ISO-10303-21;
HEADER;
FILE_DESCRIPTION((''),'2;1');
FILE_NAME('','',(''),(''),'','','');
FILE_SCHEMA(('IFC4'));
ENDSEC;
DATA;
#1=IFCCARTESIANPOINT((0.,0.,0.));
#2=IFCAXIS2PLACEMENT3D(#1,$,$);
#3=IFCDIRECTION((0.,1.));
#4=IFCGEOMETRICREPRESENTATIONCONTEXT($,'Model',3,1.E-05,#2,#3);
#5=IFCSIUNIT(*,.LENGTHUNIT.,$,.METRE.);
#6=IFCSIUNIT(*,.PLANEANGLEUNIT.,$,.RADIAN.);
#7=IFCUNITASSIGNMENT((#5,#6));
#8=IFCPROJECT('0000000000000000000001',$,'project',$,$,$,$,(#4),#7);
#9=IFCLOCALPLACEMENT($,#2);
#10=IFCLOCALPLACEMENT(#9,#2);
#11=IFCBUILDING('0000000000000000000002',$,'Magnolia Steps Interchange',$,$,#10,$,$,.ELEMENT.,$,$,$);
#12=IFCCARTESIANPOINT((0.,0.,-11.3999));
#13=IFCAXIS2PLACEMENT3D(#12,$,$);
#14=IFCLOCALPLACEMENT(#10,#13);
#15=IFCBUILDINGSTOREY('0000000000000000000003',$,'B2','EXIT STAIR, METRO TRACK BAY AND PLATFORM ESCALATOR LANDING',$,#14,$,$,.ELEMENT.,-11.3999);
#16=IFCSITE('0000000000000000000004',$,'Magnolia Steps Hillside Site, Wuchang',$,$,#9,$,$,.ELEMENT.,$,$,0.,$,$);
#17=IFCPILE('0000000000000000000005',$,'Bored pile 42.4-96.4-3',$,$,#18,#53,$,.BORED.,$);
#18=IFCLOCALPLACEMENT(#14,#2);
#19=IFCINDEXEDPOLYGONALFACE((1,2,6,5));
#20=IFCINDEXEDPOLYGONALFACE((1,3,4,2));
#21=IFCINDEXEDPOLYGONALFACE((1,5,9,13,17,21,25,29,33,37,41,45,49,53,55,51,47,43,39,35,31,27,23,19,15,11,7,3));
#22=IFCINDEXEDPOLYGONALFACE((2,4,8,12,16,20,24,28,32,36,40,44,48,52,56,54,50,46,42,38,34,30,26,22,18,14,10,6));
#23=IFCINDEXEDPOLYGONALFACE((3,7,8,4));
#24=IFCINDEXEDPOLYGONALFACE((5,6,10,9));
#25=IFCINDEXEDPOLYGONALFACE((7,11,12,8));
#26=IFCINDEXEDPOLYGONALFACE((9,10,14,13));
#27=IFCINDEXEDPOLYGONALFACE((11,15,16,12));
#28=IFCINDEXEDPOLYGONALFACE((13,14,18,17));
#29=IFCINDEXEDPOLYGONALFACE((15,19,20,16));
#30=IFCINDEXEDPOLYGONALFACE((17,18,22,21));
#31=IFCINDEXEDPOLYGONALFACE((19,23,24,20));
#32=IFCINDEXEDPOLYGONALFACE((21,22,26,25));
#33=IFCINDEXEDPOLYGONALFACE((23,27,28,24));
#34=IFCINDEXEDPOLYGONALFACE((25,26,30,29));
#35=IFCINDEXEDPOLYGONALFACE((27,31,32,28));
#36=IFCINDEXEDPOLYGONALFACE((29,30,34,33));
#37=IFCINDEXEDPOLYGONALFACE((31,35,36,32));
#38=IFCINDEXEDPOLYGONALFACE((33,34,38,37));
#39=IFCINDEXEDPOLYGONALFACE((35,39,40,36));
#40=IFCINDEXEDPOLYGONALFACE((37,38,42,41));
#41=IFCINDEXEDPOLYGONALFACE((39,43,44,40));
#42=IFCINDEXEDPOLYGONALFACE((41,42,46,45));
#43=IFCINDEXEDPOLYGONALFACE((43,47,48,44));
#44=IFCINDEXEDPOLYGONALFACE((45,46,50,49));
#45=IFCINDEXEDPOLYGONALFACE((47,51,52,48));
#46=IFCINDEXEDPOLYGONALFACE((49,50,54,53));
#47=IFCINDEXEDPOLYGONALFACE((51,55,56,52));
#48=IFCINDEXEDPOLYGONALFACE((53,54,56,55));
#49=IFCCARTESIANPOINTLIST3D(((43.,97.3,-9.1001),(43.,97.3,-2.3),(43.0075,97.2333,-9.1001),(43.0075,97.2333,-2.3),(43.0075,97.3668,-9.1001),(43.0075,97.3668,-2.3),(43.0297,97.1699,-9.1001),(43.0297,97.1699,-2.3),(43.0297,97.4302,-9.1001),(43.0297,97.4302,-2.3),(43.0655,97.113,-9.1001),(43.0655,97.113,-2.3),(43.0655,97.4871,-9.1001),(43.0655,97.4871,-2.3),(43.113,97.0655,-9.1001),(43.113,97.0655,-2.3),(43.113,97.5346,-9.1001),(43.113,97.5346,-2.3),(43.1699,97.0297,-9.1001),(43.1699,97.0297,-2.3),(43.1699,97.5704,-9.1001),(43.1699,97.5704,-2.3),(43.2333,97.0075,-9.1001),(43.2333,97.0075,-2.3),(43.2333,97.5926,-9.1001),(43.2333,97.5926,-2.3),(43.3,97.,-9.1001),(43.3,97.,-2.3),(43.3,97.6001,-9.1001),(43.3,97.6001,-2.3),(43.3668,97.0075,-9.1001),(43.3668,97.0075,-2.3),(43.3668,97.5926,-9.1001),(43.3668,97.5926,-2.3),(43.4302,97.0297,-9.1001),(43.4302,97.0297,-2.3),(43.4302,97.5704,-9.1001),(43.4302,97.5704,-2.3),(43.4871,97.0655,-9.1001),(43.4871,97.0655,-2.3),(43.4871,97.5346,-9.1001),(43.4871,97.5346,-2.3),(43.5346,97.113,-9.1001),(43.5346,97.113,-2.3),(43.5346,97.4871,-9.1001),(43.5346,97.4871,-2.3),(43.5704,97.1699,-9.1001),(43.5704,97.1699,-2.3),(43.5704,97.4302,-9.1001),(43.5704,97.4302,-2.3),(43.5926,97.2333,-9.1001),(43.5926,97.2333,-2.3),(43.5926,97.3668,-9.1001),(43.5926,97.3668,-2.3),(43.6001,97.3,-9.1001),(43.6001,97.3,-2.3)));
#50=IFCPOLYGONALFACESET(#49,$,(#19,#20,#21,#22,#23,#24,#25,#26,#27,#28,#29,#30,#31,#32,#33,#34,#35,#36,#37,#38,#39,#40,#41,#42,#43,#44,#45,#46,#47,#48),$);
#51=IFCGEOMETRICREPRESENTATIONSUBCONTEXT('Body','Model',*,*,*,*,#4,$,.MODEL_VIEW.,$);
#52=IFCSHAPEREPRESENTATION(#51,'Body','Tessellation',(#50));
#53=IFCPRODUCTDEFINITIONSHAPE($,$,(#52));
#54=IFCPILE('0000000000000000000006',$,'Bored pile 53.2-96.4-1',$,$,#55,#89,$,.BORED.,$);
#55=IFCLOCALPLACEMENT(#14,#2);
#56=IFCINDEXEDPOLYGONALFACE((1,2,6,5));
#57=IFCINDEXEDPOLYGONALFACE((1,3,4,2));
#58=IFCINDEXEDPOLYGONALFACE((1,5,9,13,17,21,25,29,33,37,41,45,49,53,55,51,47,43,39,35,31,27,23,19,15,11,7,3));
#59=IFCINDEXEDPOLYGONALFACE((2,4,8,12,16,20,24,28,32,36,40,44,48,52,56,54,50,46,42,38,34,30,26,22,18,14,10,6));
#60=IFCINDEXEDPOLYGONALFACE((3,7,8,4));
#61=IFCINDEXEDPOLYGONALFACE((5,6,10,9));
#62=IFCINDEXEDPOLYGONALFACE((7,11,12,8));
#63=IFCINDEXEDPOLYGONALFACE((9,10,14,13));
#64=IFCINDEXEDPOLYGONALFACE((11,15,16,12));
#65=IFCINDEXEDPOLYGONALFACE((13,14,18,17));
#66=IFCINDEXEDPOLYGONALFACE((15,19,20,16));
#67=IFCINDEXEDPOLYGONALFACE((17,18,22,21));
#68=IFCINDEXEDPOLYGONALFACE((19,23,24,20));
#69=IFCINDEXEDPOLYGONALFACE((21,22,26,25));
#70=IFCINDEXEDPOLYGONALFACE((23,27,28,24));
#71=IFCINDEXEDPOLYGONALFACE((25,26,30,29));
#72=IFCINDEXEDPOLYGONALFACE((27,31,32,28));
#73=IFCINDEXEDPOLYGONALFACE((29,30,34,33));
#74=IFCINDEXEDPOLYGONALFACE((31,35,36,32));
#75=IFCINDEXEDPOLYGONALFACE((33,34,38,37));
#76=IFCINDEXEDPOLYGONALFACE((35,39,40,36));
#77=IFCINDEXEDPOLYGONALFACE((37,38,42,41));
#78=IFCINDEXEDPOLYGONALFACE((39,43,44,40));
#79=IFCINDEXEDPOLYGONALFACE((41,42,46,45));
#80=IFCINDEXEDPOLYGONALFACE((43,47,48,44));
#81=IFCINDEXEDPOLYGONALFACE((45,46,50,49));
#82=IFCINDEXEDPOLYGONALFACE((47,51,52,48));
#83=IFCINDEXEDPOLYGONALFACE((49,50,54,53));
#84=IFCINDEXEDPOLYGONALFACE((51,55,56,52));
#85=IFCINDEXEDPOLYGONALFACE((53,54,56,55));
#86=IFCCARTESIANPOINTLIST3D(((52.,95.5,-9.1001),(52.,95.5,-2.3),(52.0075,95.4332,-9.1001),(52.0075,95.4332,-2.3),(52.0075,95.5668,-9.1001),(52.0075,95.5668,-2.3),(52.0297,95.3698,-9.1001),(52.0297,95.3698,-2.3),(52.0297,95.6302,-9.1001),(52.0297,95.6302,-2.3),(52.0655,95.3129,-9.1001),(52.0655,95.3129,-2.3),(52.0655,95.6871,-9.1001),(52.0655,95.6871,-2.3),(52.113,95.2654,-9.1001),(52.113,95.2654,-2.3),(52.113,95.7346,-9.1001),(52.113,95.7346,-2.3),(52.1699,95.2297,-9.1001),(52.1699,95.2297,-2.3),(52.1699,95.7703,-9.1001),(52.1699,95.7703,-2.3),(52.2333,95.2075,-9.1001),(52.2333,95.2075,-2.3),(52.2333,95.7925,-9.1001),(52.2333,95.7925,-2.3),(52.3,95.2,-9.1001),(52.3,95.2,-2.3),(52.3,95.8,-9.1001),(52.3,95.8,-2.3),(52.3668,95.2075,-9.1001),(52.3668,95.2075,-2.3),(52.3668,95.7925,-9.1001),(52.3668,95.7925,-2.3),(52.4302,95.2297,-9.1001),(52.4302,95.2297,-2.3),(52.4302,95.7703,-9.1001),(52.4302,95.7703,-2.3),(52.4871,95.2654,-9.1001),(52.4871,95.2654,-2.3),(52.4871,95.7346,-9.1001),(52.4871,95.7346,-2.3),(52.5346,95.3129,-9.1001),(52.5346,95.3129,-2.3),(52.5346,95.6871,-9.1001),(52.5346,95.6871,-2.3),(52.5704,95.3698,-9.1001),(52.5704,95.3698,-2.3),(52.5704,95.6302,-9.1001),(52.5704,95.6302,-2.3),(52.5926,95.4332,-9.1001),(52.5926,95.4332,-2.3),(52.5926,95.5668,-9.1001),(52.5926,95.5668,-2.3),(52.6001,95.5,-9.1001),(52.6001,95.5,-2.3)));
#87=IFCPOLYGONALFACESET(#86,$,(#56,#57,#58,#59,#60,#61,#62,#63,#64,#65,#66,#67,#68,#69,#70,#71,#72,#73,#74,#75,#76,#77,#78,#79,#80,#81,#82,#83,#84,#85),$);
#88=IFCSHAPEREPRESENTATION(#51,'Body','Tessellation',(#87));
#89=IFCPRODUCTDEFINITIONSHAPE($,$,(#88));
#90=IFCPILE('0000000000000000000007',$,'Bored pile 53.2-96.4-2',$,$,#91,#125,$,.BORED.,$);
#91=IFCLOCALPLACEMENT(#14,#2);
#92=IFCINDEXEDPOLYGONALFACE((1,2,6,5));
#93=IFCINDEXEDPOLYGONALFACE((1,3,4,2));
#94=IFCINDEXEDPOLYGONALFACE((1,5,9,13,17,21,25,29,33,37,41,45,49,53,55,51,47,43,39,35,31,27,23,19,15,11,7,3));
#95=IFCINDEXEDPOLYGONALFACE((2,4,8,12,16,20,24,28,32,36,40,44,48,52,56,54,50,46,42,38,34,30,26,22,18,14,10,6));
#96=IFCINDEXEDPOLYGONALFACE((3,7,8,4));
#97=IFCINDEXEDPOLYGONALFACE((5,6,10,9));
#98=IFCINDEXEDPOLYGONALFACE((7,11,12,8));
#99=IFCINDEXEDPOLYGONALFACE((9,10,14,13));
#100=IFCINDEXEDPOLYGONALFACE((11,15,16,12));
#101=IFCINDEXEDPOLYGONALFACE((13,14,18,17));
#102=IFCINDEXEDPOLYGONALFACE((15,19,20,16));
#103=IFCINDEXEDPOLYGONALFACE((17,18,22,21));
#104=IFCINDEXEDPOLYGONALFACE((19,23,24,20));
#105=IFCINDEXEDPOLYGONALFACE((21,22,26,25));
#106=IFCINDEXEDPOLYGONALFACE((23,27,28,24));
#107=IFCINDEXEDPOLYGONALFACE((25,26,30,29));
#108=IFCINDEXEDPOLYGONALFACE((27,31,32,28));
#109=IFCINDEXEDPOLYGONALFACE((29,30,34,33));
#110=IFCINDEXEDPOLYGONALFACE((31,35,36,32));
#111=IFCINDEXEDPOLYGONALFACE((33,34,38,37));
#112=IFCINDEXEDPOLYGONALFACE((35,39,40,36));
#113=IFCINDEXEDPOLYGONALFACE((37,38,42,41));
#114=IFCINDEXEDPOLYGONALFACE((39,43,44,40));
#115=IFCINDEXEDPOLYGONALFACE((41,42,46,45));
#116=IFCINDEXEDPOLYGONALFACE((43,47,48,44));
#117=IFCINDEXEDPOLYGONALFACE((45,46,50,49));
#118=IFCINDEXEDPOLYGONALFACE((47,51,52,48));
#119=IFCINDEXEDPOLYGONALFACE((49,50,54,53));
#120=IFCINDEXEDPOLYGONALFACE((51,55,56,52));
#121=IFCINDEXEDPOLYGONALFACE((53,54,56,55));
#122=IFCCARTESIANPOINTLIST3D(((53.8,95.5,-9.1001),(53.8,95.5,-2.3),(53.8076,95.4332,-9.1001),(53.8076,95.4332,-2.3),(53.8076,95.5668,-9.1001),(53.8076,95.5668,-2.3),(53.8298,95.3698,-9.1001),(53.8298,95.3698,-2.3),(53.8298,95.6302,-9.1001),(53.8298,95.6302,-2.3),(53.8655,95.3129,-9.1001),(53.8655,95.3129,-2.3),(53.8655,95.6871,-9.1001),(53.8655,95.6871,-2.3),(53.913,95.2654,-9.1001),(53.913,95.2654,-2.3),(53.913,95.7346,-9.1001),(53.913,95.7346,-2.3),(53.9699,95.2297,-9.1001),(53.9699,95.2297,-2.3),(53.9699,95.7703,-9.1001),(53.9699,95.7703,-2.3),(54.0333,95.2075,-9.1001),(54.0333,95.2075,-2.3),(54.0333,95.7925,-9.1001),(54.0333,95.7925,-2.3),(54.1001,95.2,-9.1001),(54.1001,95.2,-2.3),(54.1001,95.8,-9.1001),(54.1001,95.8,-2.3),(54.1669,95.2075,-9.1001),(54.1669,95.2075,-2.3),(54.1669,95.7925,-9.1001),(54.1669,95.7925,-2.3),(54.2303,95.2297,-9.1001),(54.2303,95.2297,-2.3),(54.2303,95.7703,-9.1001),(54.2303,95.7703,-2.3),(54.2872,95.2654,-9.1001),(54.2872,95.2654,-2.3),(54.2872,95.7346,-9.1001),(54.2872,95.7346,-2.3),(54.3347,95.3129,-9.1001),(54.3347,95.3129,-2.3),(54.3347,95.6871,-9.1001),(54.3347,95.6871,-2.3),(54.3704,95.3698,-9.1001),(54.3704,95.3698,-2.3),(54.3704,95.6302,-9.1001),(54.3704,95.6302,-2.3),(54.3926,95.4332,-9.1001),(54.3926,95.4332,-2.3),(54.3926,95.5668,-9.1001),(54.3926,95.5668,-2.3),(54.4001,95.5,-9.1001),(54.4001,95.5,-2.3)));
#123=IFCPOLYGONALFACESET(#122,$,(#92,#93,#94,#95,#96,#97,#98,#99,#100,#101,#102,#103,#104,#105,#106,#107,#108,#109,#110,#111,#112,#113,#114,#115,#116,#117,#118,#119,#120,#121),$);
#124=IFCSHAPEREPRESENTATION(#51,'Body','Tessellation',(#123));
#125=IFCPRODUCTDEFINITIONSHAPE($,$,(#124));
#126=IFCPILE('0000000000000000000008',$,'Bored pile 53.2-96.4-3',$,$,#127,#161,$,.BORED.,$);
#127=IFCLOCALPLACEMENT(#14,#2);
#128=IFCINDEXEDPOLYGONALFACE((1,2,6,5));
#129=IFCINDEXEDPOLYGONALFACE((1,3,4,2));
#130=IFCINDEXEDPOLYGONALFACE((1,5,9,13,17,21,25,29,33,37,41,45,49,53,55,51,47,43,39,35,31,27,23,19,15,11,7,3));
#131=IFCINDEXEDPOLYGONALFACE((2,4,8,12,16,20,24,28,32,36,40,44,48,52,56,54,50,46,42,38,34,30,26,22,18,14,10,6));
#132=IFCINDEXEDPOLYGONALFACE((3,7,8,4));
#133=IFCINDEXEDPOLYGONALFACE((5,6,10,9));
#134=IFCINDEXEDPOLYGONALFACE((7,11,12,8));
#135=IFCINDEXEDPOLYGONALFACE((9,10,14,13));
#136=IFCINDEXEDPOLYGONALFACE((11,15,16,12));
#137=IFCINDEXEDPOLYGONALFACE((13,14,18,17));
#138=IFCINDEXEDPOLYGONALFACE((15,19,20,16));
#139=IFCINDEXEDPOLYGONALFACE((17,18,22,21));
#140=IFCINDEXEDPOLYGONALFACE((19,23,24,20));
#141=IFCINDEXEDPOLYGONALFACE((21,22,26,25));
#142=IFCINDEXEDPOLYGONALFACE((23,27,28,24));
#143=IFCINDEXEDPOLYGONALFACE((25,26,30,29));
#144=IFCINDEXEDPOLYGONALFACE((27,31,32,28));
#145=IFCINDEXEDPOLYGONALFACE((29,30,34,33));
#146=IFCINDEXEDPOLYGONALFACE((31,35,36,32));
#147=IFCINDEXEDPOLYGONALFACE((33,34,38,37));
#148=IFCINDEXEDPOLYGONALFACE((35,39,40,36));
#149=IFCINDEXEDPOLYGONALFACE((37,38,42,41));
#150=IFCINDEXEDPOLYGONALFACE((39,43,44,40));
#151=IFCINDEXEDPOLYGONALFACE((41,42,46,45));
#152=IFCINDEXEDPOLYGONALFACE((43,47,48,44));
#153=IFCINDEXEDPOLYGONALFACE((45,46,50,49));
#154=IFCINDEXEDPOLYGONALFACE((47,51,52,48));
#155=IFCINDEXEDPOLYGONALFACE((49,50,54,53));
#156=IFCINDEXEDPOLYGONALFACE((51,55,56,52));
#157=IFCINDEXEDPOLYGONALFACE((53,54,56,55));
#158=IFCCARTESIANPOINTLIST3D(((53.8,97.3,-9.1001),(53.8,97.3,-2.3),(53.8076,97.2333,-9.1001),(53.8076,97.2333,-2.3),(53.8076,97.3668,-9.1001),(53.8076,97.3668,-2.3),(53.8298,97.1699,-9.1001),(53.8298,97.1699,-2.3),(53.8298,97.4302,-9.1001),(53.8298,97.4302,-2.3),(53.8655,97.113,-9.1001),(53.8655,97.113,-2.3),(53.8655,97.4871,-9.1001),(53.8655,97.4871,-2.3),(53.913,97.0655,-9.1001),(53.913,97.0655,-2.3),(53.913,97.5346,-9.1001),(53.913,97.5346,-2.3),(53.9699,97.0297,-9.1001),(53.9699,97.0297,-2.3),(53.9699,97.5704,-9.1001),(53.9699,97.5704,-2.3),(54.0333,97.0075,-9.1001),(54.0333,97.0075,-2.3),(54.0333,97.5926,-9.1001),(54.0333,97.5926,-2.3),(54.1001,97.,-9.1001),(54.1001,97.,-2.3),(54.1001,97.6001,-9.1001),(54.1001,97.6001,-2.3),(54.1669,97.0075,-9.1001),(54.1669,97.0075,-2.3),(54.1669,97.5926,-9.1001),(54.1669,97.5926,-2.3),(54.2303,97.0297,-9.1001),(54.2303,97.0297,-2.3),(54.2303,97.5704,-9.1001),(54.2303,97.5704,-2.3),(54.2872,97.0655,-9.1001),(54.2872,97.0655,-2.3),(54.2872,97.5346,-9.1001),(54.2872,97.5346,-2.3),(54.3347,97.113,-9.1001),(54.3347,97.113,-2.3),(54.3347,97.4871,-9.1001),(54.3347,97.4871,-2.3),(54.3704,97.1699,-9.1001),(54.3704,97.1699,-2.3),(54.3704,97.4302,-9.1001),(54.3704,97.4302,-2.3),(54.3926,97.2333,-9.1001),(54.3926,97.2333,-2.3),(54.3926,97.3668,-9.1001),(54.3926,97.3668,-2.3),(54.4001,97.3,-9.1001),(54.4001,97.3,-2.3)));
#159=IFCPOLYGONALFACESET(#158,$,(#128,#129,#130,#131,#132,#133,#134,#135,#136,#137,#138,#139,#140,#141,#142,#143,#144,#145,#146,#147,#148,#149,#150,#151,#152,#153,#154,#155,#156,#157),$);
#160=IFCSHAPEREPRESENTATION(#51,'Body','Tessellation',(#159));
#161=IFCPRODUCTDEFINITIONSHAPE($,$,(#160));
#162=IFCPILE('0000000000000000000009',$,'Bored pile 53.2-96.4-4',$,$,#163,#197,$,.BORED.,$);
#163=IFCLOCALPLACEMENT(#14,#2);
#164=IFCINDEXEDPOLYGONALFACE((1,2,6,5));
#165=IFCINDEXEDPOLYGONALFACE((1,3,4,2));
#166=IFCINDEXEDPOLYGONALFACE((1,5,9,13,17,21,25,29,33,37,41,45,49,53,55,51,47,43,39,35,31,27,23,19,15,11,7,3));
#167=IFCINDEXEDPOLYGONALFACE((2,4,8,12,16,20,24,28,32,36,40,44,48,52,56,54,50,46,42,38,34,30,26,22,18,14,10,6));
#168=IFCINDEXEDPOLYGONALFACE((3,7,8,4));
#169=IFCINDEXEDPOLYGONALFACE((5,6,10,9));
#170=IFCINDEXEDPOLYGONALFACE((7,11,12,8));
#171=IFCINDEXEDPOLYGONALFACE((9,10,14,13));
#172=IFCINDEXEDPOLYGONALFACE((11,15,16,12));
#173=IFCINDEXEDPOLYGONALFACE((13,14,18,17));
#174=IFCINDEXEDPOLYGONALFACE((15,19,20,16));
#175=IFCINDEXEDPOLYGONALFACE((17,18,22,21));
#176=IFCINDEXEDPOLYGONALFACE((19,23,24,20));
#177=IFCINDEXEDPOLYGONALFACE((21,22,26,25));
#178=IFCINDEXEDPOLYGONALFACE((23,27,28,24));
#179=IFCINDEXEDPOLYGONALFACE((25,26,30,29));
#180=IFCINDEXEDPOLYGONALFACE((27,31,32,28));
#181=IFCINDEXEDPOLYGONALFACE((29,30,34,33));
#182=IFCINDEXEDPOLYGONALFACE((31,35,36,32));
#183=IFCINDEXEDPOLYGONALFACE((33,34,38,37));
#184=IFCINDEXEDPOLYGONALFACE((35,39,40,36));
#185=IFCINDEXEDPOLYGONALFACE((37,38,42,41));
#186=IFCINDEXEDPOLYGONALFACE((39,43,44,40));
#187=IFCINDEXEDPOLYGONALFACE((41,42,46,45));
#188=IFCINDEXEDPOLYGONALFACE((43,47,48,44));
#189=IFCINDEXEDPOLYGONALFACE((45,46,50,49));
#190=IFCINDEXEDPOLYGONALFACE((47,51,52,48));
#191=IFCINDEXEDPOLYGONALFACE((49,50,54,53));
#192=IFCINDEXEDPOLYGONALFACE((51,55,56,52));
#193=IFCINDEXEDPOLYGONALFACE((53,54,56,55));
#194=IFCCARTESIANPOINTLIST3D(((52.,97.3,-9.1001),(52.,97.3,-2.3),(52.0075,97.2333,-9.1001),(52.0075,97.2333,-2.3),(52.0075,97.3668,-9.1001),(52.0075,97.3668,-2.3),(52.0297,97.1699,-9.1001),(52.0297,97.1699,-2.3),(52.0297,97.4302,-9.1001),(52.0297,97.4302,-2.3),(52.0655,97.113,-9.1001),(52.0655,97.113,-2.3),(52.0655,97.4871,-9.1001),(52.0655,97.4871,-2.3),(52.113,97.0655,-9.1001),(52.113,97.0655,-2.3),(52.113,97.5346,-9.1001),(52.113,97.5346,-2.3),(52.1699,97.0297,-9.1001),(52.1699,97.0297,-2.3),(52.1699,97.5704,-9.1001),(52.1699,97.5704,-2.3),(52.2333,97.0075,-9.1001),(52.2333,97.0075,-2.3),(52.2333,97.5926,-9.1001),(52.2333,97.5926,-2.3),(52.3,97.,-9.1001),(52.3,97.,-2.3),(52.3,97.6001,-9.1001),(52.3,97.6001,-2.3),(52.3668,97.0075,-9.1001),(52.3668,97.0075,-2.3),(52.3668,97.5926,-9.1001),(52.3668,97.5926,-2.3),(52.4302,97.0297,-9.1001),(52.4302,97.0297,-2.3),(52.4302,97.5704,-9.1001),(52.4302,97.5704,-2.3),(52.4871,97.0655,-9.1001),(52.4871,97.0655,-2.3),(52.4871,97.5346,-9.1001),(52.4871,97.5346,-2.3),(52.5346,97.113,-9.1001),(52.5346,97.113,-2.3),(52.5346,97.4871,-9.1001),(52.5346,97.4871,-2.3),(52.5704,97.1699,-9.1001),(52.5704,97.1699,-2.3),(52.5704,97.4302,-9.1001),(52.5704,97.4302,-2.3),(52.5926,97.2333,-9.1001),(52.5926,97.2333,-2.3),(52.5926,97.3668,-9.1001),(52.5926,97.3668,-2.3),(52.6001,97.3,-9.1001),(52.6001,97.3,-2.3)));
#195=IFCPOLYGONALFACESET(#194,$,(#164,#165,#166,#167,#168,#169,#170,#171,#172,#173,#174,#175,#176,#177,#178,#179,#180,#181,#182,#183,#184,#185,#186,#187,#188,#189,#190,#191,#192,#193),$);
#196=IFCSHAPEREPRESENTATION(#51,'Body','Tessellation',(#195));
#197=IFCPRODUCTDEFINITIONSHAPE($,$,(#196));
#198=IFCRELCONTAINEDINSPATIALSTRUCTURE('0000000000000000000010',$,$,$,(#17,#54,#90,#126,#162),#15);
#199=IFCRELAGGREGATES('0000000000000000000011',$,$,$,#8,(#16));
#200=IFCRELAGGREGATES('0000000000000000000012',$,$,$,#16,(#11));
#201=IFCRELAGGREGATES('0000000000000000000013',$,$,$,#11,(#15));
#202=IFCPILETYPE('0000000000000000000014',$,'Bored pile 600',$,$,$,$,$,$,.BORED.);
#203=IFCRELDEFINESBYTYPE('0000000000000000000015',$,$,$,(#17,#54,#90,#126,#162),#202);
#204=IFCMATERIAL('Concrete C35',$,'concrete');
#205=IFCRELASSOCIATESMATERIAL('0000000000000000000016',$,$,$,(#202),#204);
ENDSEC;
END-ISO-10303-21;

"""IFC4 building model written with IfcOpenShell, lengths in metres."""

from ifc_helpers import new_model, si_unit, direction, frame, origin, origin_2d, place, context, subcontext, project, spatial, circle, extrude, material, material_profile, profile_set, type_object, element, save


model = new_model("IFC4")

# Units and contexts
model_context = context("Model", 3, precision=1e-05, world=origin(), true_north=direction((0.0, 1.0)))
body_context = subcontext(model_context, "Body", "Model", "MODEL_VIEW")
ifc_project = project(units=[si_unit("LENGTHUNIT", "METRE"), si_unit("PLANEANGLEUNIT", "RADIAN")], contexts=[model_context])

# Site, building, storey
site_placement = place(None, origin())
site = spatial("IfcSite", under=ifc_project, at=site_placement, Name="Magnolia Steps Hillside Site, Wuchang", CompositionType="ELEMENT", RefElevation=0.0)
building_placement = place(site_placement, origin())
building = spatial("IfcBuilding", under=site, at=building_placement, Name="Magnolia Steps Interchange", CompositionType="ELEMENT")
storey_placement = place(building_placement, frame((0.0, 0.0, -11.3999)))
storey = spatial("IfcBuildingStorey", under=building, at=storey_placement, Name="B2", Description="EXIT STAIR, METRO TRACK BAY AND PLATFORM ESCALATOR LANDING", CompositionType="ELEMENT", Elevation=-11.3999)

# Piles
ifc_material_1 = material(Name="Concrete C35", Category="concrete")
ifc_material_profile_1 = material_profile(ifc_material_1, circle(Radius=0.3, at=origin_2d()), Name="Bored pile 600")
ifc_profile_set_1 = profile_set([ifc_material_profile_1], Name="Concrete C35")
pile_type_1 = type_object("IfcPileType", Name="Bored pile 600", PredefinedType="BORED", material=ifc_profile_set_1)
for number, where, z_axis, x_axis, name in (
    (1, (43.3, 97.3, -2.3), (0.0, 0.0, -1.0), (1.0, 0.0, 0.0), "Bored pile 42.4-96.4-3"),
    (2, (52.3, 95.5, -2.3), (0.0, 0.0, -1.0), (1.0, 0.0, 0.0), "Bored pile 53.2-96.4-1"),
    (3, (54.1001, 95.5, -2.3), (0.0, 0.0, -1.0), (1.0, 0.0, 0.0), "Bored pile 53.2-96.4-2"),
    (4, (54.1001, 97.3, -2.3), (0.0, 0.0, -1.0), (1.0, 0.0, 0.0), "Bored pile 53.2-96.4-3"),
    (5, (52.3, 97.3, -2.3), (0.0, 0.0, -1.0), (1.0, 0.0, 0.0), "Bored pile 53.2-96.4-4"),
):
    element("IfcPile", number, at=place(storey_placement, frame(where, z_axis=z_axis, x_axis=x_axis)), inside=storey, type_object=pile_type_1, Name=name, PredefinedType="BORED", context=body_context, shape_type="SweptSolid", body=[
        extrude(circle(Radius=0.3, at=origin_2d()), origin(), (0.0, 0.0, 1.0), 6.8),
    ])

save(model, "model.ifc")
